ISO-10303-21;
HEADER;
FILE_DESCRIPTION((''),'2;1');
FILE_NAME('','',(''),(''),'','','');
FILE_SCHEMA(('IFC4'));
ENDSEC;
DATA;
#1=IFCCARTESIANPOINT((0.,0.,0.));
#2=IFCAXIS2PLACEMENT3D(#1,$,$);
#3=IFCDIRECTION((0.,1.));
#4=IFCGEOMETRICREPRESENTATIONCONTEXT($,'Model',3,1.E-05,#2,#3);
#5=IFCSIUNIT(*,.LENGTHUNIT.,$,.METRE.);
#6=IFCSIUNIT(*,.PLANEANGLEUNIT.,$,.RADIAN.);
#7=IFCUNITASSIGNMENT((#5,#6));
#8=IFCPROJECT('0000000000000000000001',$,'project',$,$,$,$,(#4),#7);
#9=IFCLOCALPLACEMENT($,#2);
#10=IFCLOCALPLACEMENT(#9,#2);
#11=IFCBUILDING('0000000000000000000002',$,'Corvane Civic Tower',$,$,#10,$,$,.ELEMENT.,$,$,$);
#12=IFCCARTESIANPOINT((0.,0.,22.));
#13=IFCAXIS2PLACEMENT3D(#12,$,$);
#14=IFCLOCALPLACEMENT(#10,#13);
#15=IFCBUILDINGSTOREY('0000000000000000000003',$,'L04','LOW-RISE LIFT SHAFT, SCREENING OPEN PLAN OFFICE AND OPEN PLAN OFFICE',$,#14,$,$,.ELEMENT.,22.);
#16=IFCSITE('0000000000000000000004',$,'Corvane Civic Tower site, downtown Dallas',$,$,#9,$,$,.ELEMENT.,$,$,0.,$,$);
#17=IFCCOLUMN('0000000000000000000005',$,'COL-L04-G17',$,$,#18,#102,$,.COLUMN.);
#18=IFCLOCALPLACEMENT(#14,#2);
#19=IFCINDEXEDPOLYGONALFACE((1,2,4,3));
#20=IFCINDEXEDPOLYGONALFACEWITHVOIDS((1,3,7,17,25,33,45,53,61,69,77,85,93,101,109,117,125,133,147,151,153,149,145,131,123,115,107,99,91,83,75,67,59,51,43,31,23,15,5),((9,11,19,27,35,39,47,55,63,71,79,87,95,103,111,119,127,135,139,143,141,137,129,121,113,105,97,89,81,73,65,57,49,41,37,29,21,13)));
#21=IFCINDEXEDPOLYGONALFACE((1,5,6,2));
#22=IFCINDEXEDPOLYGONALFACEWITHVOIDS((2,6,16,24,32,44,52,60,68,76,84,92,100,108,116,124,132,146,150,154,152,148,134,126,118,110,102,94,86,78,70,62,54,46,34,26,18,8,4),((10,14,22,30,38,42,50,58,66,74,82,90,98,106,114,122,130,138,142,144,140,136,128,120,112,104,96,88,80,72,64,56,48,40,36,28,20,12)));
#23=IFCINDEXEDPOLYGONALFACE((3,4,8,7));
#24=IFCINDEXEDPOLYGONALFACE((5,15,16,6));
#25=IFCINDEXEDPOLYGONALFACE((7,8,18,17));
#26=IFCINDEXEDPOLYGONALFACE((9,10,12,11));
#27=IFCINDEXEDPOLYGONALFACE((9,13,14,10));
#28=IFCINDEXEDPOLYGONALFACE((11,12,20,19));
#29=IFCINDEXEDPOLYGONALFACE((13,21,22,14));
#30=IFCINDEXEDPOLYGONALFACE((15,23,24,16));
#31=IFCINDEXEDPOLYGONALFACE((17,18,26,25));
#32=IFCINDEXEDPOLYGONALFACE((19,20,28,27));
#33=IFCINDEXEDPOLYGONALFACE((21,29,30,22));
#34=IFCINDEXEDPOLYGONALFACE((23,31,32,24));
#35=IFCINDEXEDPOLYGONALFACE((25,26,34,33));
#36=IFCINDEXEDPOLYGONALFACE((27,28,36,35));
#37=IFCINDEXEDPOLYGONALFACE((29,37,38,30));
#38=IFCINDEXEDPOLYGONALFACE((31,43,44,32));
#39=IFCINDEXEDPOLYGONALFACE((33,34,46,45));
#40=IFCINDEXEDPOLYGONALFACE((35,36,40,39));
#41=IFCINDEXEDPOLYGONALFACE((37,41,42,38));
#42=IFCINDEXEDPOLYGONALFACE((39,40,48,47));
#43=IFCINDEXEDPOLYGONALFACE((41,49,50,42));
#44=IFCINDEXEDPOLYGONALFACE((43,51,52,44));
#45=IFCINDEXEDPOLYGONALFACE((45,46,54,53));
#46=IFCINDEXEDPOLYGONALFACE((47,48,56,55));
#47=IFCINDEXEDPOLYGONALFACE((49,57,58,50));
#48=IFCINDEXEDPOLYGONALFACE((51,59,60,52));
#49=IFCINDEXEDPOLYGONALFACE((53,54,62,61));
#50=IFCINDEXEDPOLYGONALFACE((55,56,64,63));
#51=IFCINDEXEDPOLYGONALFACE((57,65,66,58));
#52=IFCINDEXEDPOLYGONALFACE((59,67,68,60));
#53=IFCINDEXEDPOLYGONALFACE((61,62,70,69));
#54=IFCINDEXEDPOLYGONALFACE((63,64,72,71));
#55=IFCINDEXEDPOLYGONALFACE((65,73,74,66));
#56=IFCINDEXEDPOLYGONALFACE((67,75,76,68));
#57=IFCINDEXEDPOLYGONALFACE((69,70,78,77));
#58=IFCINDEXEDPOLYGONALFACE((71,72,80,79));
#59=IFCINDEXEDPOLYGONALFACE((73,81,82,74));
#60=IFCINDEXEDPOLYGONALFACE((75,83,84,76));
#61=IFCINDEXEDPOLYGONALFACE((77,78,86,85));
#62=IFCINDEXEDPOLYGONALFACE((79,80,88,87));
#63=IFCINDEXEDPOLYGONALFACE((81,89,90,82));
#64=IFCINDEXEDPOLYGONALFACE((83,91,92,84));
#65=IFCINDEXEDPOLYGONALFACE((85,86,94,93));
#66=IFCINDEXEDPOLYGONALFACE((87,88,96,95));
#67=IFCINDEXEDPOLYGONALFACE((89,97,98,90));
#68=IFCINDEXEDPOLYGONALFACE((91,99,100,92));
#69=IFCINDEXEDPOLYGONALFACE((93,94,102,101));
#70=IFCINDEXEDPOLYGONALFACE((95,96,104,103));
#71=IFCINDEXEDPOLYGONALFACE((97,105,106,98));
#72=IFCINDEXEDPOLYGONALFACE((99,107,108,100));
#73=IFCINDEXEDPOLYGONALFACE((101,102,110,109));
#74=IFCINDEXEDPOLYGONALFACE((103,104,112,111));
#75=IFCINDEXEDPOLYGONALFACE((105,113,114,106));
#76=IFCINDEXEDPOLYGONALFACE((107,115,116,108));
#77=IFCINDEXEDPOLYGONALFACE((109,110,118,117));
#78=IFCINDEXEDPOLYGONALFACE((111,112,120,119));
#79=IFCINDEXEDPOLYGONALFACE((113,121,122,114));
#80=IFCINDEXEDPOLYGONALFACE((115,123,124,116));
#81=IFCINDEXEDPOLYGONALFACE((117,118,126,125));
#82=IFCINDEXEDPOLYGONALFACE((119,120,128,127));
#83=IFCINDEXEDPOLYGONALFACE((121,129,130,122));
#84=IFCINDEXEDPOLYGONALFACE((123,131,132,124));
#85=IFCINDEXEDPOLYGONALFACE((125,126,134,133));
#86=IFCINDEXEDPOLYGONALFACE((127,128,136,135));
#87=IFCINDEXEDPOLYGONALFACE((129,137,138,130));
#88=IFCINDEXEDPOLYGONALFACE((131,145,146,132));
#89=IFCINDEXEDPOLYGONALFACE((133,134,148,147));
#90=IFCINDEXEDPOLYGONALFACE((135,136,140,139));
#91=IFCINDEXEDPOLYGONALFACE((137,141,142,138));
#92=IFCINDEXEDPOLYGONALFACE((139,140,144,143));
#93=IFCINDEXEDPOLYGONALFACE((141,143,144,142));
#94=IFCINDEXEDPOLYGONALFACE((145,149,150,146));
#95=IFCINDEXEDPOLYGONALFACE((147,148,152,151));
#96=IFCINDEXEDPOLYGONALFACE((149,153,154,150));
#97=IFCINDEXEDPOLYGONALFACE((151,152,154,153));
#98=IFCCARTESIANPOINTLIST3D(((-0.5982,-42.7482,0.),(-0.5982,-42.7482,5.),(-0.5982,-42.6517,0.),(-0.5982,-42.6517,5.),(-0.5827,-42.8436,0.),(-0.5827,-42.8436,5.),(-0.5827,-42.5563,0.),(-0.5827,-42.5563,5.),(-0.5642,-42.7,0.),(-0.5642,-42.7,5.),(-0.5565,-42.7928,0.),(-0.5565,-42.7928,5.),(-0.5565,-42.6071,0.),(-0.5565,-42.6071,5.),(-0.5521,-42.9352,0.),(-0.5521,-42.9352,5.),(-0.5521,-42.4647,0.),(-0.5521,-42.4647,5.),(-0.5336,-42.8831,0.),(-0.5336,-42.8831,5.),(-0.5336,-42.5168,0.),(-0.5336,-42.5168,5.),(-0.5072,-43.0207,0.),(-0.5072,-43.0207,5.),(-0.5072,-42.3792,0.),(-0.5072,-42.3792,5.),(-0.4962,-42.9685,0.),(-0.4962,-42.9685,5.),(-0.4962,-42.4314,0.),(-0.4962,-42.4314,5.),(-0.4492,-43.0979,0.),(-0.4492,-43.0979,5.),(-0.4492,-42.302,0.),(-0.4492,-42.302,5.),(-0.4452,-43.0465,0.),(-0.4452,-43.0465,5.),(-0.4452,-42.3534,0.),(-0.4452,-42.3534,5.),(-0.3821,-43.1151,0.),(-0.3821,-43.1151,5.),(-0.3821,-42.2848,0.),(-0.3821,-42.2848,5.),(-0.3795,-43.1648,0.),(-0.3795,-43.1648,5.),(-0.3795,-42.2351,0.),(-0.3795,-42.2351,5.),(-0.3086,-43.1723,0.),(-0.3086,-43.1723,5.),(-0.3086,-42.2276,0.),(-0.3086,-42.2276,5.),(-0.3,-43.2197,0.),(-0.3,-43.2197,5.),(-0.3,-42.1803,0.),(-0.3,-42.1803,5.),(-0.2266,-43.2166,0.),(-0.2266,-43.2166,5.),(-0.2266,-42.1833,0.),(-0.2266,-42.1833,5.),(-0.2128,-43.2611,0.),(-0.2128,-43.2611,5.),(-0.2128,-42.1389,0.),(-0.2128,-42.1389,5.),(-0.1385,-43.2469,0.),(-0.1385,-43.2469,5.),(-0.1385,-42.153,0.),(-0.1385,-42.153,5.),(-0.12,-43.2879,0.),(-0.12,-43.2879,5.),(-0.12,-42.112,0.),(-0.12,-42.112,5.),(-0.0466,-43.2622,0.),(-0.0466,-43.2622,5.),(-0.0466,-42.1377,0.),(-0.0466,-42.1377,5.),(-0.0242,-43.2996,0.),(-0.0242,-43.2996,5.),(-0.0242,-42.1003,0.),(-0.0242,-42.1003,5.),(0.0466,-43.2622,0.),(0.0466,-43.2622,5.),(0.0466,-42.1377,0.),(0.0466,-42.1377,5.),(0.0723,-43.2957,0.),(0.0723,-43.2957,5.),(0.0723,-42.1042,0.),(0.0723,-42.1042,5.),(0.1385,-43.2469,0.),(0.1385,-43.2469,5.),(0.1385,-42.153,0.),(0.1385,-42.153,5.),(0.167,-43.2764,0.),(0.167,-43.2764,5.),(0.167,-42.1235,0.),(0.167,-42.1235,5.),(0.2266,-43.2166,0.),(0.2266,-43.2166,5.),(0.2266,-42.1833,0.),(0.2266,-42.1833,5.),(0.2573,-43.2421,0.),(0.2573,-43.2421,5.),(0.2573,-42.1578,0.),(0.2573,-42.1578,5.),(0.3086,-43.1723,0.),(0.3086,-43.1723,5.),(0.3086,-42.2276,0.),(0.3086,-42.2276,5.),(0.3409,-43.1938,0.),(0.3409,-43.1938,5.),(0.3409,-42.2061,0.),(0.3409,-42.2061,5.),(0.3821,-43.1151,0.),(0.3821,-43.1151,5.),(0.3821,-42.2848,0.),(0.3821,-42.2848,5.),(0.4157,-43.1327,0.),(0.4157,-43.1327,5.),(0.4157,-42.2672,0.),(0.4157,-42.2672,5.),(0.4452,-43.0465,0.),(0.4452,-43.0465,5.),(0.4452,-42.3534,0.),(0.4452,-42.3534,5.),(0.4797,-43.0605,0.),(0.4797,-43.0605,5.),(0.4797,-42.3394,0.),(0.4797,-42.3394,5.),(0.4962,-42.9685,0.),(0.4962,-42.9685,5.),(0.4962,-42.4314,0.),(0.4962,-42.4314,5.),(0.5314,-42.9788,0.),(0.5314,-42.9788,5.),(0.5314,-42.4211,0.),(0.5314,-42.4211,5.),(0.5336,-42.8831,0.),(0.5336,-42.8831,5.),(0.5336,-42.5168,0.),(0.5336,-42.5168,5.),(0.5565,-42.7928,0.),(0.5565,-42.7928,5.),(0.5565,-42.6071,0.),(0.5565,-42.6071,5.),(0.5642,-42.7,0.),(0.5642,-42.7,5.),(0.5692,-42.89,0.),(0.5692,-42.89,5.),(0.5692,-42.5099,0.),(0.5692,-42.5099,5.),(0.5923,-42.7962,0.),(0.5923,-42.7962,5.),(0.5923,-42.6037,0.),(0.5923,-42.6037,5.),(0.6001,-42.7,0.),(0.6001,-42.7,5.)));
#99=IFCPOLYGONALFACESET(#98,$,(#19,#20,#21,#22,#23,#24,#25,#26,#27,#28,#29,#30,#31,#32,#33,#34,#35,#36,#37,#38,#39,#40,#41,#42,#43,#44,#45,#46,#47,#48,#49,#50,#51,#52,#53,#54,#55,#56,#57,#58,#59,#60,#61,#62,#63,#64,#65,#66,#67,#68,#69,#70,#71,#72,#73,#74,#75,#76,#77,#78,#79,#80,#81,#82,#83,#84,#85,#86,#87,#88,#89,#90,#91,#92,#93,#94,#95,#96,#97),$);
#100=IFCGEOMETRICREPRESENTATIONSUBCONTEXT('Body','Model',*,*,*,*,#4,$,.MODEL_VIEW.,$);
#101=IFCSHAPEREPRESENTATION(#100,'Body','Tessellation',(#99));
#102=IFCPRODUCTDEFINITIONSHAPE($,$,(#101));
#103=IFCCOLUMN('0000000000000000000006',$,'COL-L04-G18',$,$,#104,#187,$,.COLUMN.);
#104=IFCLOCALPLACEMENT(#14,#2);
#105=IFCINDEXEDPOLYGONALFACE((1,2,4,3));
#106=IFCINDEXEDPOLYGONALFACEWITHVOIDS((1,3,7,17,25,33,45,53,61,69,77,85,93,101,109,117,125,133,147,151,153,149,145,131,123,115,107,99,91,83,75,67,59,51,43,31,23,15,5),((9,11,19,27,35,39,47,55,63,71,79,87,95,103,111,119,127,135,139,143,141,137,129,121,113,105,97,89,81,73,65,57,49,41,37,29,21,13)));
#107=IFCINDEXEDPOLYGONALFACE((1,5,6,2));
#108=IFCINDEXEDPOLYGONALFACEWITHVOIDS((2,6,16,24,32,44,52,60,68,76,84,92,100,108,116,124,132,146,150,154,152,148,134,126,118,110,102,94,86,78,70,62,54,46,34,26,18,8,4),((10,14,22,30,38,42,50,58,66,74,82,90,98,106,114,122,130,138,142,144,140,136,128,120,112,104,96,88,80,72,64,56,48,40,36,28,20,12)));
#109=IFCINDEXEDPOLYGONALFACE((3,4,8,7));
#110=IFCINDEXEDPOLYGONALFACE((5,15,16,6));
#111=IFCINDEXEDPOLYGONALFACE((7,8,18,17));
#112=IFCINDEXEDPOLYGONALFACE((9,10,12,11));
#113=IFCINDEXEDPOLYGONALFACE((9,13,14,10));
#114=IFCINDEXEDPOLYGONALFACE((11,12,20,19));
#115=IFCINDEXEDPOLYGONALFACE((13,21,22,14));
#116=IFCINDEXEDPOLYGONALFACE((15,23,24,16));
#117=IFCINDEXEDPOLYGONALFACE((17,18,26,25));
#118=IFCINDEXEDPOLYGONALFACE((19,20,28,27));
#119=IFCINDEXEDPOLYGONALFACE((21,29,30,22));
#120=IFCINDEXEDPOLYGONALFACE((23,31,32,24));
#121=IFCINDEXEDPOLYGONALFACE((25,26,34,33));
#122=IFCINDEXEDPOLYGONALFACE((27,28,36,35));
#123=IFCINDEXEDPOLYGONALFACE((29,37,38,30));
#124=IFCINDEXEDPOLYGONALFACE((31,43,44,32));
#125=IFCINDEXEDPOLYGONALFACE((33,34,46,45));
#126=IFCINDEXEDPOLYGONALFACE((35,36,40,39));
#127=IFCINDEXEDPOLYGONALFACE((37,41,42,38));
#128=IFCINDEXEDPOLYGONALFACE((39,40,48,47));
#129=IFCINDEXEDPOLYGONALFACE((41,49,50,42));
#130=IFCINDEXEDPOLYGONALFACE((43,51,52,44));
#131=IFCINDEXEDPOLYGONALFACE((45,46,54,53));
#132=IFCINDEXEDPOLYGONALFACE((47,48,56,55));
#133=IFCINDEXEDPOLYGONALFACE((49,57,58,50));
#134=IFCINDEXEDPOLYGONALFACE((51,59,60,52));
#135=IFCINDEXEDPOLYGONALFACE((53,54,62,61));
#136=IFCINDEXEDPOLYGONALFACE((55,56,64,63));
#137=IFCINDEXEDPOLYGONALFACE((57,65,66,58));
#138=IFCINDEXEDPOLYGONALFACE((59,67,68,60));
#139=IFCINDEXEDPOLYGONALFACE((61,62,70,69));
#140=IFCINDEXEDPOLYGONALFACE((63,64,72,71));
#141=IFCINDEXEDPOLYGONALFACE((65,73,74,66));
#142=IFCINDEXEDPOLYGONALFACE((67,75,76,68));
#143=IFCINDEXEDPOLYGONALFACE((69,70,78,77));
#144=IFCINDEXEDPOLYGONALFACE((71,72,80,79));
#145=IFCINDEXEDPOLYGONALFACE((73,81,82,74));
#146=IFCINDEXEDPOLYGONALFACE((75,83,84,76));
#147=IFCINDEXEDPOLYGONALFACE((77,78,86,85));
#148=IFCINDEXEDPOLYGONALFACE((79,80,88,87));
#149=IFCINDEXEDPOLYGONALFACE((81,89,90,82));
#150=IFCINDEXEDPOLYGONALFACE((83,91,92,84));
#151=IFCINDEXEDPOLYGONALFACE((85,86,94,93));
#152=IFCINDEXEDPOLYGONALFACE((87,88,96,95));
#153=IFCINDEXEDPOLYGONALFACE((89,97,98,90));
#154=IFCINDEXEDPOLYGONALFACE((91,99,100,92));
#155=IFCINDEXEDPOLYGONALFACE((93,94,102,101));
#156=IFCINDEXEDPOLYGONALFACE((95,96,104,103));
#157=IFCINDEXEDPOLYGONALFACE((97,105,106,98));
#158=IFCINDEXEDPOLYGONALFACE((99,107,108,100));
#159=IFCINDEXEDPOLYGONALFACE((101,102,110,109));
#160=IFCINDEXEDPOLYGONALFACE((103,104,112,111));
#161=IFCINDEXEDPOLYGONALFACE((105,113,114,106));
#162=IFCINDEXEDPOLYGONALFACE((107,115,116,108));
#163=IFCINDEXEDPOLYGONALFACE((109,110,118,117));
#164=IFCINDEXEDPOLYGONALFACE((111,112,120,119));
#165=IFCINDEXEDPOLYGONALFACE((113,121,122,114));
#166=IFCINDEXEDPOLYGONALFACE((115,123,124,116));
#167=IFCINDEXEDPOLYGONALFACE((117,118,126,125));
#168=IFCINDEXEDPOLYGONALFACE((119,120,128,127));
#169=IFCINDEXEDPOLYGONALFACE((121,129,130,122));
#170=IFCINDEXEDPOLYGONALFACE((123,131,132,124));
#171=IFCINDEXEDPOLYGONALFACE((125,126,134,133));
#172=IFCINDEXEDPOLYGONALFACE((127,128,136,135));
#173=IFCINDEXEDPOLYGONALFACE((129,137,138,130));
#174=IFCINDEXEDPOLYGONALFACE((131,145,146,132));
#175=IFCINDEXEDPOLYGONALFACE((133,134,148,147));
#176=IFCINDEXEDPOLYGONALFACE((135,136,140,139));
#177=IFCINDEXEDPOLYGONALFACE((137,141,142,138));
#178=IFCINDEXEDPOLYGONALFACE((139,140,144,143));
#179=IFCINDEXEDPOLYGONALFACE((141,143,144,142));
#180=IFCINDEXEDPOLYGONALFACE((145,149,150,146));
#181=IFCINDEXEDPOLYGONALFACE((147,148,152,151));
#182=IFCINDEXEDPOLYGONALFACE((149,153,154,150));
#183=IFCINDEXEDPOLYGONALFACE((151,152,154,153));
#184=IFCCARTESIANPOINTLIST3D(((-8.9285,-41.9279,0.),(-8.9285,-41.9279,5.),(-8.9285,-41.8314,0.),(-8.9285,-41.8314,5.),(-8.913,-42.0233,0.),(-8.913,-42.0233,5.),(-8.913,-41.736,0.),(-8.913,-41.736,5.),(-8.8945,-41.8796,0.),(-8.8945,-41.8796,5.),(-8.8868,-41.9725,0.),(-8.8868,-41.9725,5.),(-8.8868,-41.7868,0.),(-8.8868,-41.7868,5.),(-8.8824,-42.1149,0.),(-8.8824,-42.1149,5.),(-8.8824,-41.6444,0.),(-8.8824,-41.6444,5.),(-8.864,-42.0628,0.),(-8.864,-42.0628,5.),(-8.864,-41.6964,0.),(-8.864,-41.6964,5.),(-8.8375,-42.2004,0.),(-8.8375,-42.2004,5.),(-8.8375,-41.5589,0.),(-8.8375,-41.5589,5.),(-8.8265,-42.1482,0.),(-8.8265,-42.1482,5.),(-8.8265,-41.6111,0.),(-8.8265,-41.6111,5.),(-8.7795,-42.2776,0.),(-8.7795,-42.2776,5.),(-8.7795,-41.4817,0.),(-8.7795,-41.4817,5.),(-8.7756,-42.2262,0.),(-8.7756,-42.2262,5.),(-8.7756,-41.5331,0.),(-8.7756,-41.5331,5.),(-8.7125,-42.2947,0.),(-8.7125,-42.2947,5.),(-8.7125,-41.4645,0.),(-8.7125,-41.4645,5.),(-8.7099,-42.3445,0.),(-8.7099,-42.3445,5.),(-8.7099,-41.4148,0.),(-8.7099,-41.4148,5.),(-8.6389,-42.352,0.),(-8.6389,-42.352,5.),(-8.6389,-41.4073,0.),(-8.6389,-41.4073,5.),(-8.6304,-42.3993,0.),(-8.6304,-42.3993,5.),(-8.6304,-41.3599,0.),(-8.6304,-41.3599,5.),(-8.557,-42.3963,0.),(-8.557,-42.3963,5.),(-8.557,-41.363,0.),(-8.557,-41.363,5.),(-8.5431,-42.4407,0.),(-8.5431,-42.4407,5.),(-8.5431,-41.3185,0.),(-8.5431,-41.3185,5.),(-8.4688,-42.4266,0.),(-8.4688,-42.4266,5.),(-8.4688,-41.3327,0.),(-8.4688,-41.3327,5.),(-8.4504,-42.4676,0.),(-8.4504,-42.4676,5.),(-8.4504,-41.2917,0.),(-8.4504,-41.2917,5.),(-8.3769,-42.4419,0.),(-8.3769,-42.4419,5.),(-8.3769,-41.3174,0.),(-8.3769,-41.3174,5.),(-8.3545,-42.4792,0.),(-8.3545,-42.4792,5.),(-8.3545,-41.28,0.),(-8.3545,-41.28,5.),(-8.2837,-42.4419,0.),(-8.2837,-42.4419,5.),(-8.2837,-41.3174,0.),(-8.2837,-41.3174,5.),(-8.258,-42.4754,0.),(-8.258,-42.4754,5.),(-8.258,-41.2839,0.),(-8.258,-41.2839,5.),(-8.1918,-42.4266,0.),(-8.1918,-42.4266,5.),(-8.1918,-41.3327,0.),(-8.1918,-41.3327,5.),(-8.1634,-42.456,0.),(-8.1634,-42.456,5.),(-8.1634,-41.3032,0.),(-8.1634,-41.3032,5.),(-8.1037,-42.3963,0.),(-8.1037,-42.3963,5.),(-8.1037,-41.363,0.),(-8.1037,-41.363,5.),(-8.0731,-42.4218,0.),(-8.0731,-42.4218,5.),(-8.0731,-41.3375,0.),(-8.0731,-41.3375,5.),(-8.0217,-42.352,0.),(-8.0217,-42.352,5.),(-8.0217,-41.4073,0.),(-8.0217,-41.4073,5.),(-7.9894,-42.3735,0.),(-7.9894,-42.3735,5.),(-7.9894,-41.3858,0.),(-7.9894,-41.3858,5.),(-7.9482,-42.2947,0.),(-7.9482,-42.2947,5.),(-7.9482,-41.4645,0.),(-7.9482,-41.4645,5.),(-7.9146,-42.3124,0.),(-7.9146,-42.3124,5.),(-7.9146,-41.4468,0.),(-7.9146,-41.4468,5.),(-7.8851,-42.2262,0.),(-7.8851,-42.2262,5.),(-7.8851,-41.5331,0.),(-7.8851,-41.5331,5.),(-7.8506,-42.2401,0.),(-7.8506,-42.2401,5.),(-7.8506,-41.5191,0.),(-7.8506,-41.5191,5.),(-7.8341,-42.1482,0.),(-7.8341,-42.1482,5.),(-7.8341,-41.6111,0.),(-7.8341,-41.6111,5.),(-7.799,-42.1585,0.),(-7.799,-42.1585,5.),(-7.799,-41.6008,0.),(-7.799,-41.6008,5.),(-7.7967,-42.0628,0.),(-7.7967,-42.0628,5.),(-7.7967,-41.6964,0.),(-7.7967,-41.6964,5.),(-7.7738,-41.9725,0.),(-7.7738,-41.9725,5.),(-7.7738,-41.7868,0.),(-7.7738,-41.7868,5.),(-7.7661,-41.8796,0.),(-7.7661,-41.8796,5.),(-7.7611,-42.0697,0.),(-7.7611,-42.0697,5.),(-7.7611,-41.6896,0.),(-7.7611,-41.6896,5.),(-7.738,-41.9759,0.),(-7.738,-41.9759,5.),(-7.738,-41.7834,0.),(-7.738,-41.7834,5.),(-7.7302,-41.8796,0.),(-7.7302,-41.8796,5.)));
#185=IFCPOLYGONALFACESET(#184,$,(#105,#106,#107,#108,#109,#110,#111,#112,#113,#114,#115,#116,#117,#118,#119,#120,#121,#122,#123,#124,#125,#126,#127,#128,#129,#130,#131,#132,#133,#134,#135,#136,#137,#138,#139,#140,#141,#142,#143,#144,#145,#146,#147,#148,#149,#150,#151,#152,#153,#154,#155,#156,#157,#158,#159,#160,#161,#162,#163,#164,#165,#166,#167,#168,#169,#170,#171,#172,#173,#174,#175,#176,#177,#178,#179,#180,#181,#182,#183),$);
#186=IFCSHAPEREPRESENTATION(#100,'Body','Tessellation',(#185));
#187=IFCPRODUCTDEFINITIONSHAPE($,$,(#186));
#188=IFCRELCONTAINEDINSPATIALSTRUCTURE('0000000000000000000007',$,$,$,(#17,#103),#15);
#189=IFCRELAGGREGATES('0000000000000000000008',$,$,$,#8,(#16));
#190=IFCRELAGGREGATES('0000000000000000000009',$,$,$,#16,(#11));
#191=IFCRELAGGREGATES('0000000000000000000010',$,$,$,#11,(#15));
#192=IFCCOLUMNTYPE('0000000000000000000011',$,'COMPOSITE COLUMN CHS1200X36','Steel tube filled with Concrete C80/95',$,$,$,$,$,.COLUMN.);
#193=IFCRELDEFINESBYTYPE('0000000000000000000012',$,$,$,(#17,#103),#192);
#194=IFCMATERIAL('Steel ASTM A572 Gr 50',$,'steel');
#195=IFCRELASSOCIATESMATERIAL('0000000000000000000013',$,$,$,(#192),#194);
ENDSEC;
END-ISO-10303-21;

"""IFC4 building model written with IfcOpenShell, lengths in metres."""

from ifc_helpers import new_model, si_unit, direction, frame, origin, origin_2d, place, context, subcontext, project, spatial, hollow_circle, extrude, material, material_profile, profile_set, type_object, element, save


model = new_model("IFC4")

# Units and contexts
model_context = context("Model", 3, precision=1e-05, world=origin(), true_north=direction((0.0, 1.0)))
body_context = subcontext(model_context, "Body", "Model", "MODEL_VIEW")
ifc_project = project(units=[si_unit("LENGTHUNIT", "METRE"), si_unit("PLANEANGLEUNIT", "RADIAN")], contexts=[model_context])

# Site, building, storey
site_placement = place(None, origin())
site = spatial("IfcSite", under=ifc_project, at=site_placement, Name="Corvane Civic Tower site, downtown Dallas", CompositionType="ELEMENT", RefElevation=0.0)
building_placement = place(site_placement, origin())
building = spatial("IfcBuilding", under=site, at=building_placement, Name="Corvane Civic Tower", CompositionType="ELEMENT")
storey_placement = place(building_placement, frame((0.0, 0.0, 22.0)))
storey = spatial("IfcBuildingStorey", under=building, at=storey_placement, Name="L04", Description="LOW-RISE LIFT SHAFT, SCREENING OPEN PLAN OFFICE AND OPEN PLAN OFFICE", CompositionType="ELEMENT", Elevation=22.0)

# Columns
ifc_material_1 = material(Name="Steel ASTM A572 Gr 50", Category="steel")
ifc_material_profile_1 = material_profile(ifc_material_1, hollow_circle(Radius=0.6001, WallThickness=0.0359, at=origin_2d()), Name="CHS1200X36")
ifc_profile_set_1 = profile_set([ifc_material_profile_1], Name="Steel ASTM A572 Gr 50")
column_type_1 = type_object("IfcColumnType", Name="COMPOSITE COLUMN CHS1200X36", Description="Steel tube filled with Concrete C80/95", PredefinedType="COLUMN", material=ifc_profile_set_1)
for number, where, z_axis, x_axis, name in (
    (1, (0.0, -42.7, 0.0), (0.0, 0.0, 1.0), (1.0, 0.0, 0.0), "COL-L04-G17"),
    (2, (-8.3303, -41.8796, 0.0), (0.0, 0.0, 1.0), (1.0, 0.0, 0.0), "COL-L04-G18"),
):
    element("IfcColumn", number, at=place(storey_placement, frame(where, z_axis=z_axis, x_axis=x_axis)), inside=storey, type_object=column_type_1, Name=name, PredefinedType="COLUMN", context=body_context, shape_type="SweptSolid", body=[
        extrude(hollow_circle(Radius=0.6001, WallThickness=0.0359, at=origin_2d()), origin(), (0.0, 0.0, 1.0), 5.0),
    ])

save(model, "model.ifc")
